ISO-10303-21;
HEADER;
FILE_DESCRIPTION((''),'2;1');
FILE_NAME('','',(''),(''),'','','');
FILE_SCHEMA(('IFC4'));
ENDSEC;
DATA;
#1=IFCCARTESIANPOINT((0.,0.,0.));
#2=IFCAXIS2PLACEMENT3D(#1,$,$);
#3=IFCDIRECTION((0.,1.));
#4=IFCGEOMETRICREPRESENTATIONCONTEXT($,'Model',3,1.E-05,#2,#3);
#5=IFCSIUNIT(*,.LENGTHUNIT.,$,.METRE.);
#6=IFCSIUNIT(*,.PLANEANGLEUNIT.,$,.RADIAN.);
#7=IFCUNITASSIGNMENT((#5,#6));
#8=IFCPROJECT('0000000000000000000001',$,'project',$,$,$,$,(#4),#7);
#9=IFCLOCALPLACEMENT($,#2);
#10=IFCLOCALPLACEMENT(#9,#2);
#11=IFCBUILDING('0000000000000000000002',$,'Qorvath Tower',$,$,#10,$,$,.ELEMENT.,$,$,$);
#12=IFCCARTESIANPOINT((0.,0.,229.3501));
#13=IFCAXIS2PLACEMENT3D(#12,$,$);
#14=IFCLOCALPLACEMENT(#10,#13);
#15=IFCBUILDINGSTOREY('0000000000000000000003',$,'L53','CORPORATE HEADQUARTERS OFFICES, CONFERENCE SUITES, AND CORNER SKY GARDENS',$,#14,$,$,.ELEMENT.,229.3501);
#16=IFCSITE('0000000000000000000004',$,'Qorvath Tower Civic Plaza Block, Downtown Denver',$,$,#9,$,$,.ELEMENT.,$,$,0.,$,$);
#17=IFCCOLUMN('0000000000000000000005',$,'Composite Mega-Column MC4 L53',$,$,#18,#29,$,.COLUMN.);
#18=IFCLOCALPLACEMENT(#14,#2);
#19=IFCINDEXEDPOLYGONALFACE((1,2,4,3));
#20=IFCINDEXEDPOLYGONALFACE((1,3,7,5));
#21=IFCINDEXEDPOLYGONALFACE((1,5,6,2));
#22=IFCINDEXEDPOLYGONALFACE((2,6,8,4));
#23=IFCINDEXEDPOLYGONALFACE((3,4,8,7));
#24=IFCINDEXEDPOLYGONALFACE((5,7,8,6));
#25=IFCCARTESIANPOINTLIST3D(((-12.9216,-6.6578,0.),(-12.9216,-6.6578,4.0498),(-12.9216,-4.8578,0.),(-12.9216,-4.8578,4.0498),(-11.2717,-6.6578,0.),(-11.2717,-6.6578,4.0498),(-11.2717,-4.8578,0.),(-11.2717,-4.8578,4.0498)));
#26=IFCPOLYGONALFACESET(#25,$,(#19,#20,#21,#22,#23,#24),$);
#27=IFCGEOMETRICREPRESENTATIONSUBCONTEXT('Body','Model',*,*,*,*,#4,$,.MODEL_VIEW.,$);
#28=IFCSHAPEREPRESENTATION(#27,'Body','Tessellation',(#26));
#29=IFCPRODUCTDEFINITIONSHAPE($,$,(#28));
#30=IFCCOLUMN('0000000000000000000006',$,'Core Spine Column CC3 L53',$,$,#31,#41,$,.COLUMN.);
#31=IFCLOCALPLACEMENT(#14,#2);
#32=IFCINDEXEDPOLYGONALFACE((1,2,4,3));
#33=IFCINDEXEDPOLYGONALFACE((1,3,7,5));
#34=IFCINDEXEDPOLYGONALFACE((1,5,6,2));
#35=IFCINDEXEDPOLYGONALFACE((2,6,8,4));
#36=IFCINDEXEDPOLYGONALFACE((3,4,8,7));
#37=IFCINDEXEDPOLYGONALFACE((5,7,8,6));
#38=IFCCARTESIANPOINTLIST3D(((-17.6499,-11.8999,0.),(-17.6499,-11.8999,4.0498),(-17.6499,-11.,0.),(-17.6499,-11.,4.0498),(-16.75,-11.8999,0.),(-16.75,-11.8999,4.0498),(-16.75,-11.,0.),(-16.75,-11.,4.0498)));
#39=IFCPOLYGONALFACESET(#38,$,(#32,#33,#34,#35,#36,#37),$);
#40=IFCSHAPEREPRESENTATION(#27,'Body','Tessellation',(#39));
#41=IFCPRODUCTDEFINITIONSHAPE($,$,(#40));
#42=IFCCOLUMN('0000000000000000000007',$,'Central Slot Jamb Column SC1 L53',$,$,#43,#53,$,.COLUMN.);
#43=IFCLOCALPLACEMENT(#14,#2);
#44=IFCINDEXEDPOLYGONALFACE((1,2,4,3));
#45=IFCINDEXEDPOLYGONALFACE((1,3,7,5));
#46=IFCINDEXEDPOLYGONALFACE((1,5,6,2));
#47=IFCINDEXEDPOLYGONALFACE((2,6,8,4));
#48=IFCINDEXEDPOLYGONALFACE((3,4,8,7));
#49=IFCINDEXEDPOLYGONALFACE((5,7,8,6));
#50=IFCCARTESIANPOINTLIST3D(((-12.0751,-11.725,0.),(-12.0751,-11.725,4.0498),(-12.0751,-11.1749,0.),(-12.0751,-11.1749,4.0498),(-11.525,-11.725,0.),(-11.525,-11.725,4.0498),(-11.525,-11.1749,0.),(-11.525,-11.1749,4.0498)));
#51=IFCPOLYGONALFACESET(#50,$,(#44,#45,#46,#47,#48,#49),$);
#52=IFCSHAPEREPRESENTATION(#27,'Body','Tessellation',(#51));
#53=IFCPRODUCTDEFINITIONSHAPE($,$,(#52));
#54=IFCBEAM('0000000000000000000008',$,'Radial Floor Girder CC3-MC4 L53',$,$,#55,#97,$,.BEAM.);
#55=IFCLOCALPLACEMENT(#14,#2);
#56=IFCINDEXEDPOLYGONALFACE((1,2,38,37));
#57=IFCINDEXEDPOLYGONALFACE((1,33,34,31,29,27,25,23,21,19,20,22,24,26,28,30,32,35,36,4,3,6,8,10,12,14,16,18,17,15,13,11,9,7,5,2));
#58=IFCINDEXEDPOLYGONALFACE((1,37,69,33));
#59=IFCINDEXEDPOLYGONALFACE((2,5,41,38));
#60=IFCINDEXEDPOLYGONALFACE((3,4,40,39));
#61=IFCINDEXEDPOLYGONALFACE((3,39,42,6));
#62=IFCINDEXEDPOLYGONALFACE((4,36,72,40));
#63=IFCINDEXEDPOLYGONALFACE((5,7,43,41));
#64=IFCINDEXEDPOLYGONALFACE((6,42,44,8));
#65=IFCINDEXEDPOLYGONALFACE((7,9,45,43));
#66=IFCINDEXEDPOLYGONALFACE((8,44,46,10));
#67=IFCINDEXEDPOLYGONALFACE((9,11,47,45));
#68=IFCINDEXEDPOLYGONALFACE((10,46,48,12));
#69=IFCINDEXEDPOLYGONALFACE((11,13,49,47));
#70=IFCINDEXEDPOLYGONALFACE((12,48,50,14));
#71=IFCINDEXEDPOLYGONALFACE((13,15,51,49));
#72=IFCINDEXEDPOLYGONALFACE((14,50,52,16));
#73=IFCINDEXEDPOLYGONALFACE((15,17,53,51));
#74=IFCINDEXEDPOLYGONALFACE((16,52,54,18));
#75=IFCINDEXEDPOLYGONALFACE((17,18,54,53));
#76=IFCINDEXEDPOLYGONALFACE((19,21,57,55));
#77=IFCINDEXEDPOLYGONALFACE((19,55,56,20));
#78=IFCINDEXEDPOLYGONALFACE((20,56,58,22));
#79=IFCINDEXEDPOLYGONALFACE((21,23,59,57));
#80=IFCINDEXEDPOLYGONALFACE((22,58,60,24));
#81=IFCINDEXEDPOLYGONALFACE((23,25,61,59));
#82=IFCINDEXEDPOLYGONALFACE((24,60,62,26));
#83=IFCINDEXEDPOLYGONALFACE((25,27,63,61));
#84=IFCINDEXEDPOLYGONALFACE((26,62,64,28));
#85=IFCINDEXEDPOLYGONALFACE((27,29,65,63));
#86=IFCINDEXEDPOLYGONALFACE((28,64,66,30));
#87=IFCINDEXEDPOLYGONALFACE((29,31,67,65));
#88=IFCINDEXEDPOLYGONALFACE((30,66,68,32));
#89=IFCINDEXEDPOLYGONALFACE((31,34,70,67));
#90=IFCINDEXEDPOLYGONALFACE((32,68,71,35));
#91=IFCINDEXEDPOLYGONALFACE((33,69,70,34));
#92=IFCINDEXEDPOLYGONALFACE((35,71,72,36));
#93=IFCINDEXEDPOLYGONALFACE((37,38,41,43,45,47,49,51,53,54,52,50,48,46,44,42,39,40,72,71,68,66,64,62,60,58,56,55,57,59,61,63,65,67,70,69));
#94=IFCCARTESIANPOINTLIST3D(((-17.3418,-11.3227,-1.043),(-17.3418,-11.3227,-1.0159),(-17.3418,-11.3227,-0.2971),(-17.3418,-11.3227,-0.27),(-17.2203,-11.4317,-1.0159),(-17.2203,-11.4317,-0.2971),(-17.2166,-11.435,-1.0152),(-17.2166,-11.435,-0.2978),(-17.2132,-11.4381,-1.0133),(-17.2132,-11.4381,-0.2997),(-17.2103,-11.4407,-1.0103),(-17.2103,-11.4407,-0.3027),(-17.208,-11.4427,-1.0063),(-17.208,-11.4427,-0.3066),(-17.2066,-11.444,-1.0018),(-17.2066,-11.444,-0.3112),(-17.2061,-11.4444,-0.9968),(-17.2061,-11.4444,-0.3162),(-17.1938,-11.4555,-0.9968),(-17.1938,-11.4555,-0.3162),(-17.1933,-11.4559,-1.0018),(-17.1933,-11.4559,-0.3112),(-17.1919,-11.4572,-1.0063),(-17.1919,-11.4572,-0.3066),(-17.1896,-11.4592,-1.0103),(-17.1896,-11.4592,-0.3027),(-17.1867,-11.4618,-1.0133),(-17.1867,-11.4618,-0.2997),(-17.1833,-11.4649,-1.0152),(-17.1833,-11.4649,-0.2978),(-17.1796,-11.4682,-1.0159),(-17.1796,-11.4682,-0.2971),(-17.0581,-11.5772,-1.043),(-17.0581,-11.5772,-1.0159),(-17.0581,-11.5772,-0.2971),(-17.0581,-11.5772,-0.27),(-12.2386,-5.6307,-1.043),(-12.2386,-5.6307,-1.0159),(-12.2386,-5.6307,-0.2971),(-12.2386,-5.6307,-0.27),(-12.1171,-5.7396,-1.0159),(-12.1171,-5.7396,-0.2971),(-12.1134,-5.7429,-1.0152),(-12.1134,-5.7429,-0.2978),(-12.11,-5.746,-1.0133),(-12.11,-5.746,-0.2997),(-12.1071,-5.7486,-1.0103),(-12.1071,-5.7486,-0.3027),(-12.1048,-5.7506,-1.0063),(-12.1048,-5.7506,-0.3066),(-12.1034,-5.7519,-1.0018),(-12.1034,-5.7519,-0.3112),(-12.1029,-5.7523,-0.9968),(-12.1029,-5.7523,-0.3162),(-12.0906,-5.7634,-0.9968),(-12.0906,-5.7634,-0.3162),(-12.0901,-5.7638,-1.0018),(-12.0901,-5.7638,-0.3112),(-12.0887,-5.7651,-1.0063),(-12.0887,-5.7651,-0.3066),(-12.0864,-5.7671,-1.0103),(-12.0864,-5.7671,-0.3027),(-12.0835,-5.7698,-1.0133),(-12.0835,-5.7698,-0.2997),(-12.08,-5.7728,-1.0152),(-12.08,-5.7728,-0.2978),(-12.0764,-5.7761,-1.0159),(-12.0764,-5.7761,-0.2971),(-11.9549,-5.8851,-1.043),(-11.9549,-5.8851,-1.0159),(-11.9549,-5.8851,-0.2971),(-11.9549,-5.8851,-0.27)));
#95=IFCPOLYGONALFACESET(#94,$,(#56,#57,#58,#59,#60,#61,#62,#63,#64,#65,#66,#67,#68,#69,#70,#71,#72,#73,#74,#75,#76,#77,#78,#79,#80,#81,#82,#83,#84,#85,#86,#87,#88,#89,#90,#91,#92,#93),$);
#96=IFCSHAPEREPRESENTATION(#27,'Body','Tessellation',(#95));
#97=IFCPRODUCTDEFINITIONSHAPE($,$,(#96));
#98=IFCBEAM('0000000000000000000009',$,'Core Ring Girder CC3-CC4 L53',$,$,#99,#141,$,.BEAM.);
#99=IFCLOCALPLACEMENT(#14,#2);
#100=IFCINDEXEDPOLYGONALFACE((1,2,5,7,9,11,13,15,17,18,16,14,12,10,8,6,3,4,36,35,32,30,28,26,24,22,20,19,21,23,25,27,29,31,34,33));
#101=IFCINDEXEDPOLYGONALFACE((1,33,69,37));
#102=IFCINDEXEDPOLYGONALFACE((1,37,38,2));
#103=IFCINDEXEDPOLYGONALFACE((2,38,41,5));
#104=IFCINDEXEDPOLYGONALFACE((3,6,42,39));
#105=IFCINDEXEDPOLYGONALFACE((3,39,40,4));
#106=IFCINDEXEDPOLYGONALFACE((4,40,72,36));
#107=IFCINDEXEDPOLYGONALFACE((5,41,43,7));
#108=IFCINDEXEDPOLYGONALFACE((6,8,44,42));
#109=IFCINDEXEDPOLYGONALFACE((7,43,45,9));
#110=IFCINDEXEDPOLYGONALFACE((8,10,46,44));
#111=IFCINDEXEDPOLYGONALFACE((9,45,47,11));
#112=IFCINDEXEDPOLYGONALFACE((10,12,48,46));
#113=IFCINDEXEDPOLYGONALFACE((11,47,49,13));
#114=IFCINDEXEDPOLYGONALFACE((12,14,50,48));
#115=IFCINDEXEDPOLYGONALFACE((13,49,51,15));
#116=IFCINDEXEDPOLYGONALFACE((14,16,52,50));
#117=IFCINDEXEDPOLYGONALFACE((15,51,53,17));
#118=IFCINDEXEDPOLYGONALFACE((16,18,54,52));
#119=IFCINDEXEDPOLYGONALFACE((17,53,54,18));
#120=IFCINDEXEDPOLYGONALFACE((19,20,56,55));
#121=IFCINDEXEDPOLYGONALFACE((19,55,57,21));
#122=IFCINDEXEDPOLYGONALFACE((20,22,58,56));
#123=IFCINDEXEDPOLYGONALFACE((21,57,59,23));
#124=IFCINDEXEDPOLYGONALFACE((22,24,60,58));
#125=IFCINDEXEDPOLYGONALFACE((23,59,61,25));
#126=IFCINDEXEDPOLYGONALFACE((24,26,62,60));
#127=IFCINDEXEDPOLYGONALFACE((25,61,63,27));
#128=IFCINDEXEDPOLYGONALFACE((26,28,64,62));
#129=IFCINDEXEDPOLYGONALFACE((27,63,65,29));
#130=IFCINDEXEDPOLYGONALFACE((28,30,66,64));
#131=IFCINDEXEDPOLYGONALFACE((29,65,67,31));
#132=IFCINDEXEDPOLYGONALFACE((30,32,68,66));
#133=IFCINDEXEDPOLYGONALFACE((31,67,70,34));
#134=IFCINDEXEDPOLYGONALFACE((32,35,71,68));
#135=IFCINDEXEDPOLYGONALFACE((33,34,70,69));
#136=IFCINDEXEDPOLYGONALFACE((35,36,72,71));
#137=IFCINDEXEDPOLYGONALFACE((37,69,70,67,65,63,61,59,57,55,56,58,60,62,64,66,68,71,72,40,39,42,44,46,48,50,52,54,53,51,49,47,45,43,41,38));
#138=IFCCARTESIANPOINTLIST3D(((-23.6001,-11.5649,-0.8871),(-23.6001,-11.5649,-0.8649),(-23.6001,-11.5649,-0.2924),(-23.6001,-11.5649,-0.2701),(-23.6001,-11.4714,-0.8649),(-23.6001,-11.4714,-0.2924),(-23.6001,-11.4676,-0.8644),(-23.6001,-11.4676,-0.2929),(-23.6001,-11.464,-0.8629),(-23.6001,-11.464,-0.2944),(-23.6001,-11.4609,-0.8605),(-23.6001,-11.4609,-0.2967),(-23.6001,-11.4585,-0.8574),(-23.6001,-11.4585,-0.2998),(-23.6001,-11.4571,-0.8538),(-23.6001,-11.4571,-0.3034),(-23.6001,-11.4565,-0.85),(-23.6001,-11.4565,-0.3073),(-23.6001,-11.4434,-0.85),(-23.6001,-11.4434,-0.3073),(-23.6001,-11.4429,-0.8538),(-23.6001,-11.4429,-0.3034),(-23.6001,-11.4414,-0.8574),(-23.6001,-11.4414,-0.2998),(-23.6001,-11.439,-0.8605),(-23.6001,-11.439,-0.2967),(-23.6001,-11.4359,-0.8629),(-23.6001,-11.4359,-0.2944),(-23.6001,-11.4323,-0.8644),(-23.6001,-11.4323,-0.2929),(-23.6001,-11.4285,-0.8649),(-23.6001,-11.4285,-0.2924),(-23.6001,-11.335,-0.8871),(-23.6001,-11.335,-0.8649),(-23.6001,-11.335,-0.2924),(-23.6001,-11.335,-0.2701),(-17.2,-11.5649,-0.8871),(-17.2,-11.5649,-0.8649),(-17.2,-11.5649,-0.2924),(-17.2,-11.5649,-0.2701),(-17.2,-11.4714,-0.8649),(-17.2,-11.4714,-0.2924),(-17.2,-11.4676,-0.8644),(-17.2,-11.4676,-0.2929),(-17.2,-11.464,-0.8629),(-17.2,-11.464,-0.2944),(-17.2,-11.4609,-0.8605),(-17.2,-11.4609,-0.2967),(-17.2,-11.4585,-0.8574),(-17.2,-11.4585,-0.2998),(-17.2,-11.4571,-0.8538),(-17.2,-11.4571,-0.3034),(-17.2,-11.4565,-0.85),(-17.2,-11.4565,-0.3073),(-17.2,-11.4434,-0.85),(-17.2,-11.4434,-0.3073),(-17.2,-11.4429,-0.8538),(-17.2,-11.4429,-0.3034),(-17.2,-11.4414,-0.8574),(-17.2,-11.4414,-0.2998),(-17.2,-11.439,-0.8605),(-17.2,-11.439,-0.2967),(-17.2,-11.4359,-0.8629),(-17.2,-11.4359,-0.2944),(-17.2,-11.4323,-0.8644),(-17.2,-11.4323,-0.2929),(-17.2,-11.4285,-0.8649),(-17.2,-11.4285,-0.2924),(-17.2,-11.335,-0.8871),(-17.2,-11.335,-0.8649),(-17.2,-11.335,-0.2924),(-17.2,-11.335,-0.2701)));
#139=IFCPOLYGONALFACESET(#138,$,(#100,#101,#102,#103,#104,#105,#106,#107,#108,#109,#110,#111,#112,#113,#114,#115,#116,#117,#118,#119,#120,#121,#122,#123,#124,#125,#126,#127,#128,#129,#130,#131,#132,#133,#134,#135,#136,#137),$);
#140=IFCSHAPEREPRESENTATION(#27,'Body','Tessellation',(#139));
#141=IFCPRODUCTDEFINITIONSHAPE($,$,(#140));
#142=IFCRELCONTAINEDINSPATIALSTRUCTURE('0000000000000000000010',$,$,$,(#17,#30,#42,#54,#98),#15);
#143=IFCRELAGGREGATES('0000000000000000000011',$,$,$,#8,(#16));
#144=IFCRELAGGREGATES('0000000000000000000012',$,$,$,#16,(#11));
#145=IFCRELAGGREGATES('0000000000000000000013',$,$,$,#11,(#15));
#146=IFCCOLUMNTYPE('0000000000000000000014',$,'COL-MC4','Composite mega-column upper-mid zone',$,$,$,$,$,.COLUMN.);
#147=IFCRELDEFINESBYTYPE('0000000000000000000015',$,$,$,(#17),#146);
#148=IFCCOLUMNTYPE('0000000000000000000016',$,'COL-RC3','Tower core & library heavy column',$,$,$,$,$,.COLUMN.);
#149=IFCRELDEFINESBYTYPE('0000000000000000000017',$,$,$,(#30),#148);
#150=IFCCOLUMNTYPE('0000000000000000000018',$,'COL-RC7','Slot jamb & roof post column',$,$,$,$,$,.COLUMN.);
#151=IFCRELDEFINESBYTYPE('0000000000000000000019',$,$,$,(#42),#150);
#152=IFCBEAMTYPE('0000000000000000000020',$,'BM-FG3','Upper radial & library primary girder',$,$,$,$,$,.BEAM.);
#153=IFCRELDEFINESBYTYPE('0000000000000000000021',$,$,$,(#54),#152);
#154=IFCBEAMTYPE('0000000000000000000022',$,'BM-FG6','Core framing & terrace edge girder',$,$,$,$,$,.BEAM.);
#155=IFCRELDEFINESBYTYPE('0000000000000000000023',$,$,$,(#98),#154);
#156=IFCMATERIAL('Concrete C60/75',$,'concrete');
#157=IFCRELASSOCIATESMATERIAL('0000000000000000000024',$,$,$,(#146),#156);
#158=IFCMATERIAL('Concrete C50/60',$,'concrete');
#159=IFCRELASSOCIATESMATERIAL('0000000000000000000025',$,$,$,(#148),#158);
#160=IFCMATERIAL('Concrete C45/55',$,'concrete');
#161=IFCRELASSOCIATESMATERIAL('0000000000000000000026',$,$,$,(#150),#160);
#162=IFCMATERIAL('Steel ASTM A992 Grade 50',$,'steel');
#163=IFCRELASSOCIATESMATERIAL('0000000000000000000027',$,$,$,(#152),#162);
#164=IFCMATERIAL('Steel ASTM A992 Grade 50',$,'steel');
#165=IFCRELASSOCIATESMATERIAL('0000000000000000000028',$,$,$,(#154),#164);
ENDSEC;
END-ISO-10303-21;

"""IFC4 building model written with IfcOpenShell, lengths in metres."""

from ifc_helpers import new_model, si_unit, direction, frame, origin, origin_2d, place, context, subcontext, project, spatial, rectangle, i_section, extrude, material, material_profile, profile_set, type_object, element, save


model = new_model("IFC4")

# Units and contexts
model_context = context("Model", 3, precision=1e-05, world=origin(), true_north=direction((0.0, 1.0)))
body_context = subcontext(model_context, "Body", "Model", "MODEL_VIEW")
ifc_project = project(units=[si_unit("LENGTHUNIT", "METRE"), si_unit("PLANEANGLEUNIT", "RADIAN")], contexts=[model_context])

# Site, building, storey
site_placement = place(None, origin())
site = spatial("IfcSite", under=ifc_project, at=site_placement, Name="Qorvath Tower Civic Plaza Block, Downtown Denver", CompositionType="ELEMENT", RefElevation=0.0)
building_placement = place(site_placement, origin())
building = spatial("IfcBuilding", under=site, at=building_placement, Name="Qorvath Tower", CompositionType="ELEMENT")
storey_placement = place(building_placement, frame((0.0, 0.0, 229.3501)))
storey = spatial("IfcBuildingStorey", under=building, at=storey_placement, Name="L53", Description="CORPORATE HEADQUARTERS OFFICES, CONFERENCE SUITES, AND CORNER SKY GARDENS", CompositionType="ELEMENT", Elevation=229.3501)

# Columns
ifc_material_1 = material(Name="Concrete C60/75", Category="concrete")
ifc_material_profile_1 = material_profile(ifc_material_1, rectangle(XDim=1.6499, YDim=1.8, at=origin_2d()), Name="MC 1800x1650")
ifc_profile_set_1 = profile_set([ifc_material_profile_1], Name="Concrete C60/75")
column_type_1 = type_object("IfcColumnType", Name="COL-MC4", Description="Composite mega-column upper-mid zone", PredefinedType="COLUMN", material=ifc_profile_set_1)
column_1_placement = place(storey_placement, frame((-12.0967, -5.7578, 0.0), z_axis=(0.0, 0.0, 1.0), x_axis=(1.0, 0.0, 0.0)))
element("IfcColumn", 1, at=column_1_placement, inside=storey, type_object=column_type_1, Name="Composite Mega-Column MC4 L53", PredefinedType="COLUMN", context=body_context, shape_type="SweptSolid", body=[
    extrude(rectangle(XDim=1.6499, YDim=1.8, at=origin_2d()), origin(), (0.0, 0.0, 1.0), 4.0498),
])
ifc_material_2 = material(Name="Concrete C50/60", Category="concrete")
ifc_material_profile_2 = material_profile(ifc_material_2, rectangle(XDim=0.8999, YDim=0.8999, at=origin_2d()), Name="RC 900x900")
ifc_profile_set_2 = profile_set([ifc_material_profile_2], Name="Concrete C50/60")
column_type_2 = type_object("IfcColumnType", Name="COL-RC3", Description="Tower core & library heavy column", PredefinedType="COLUMN", material=ifc_profile_set_2)
column_2_placement = place(storey_placement, frame((-17.2, -11.45, 0.0), z_axis=(0.0, 0.0, 1.0), x_axis=(1.0, 0.0, 0.0)))
element("IfcColumn", 2, at=column_2_placement, inside=storey, type_object=column_type_2, Name="Core Spine Column CC3 L53", PredefinedType="COLUMN", context=body_context, shape_type="SweptSolid", body=[
    extrude(rectangle(XDim=0.8999, YDim=0.8999, at=origin_2d()), origin(), (0.0, 0.0, 1.0), 4.0498),
])
ifc_material_3 = material(Name="Concrete C45/55", Category="concrete")
ifc_material_profile_3 = material_profile(ifc_material_3, rectangle(XDim=0.55, YDim=0.55, at=origin_2d()), Name="RC 550x550")
ifc_profile_set_3 = profile_set([ifc_material_profile_3], Name="Concrete C45/55")
column_type_3 = type_object("IfcColumnType", Name="COL-RC7", Description="Slot jamb & roof post column", PredefinedType="COLUMN", material=ifc_profile_set_3)
column_3_placement = place(storey_placement, frame((-11.8, -11.45, 0.0), z_axis=(0.0, 0.0, 1.0), x_axis=(1.0, 0.0, 0.0)))
element("IfcColumn", 3, at=column_3_placement, inside=storey, type_object=column_type_3, Name="Central Slot Jamb Column SC1 L53", PredefinedType="COLUMN", context=body_context, shape_type="SweptSolid", body=[
    extrude(rectangle(XDim=0.55, YDim=0.55, at=origin_2d()), origin(), (0.0, 0.0, 1.0), 4.0498),
])

# Beams
ifc_material_4 = material(Name="Steel ASTM A992 Grade 50", Category="steel")
ifc_material_profile_4 = material_profile(ifc_material_4, i_section(OverallWidth=0.3811, OverallDepth=0.7729, WebThickness=0.0166, FlangeThickness=0.0271, FilletRadius=0.019, at=origin_2d()), Name="W30x173")
ifc_profile_set_4 = profile_set([ifc_material_profile_4], Name="Steel ASTM A992 Grade 50")
beam_type_1 = type_object("IfcBeamType", Name="BM-FG3", Description="Upper radial & library primary girder", PredefinedType="BEAM", material=ifc_profile_set_4)
beam_1_placement = place(storey_placement, frame((-17.2, -11.45, -0.6565), z_axis=(0.667543, 0.744571, 0.0), x_axis=(-0.744571, 0.667543, 0.0)))
element("IfcBeam", 4, at=beam_1_placement, inside=storey, type_object=beam_type_1, Name="Radial Floor Girder CC3-MC4 L53", PredefinedType="BEAM", context=body_context, shape_type="SweptSolid", body=[
    extrude(i_section(OverallWidth=0.3811, OverallDepth=0.7729, WebThickness=0.0166, FlangeThickness=0.0271, FilletRadius=0.019, at=origin_2d()), origin(), (0.0, 0.0, 1.0), 7.6448),
])
ifc_material_5 = material(Name="Steel ASTM A992 Grade 50", Category="steel")
ifc_material_profile_5 = material_profile(ifc_material_5, i_section(OverallWidth=0.23, OverallDepth=0.6169, WebThickness=0.0132, FlangeThickness=0.0222, FilletRadius=0.0149, at=origin_2d()), Name="W24x94")
ifc_profile_set_5 = profile_set([ifc_material_profile_5], Name="Steel ASTM A992 Grade 50")
beam_type_2 = type_object("IfcBeamType", Name="BM-FG6", Description="Core framing & terrace edge girder", PredefinedType="BEAM", material=ifc_profile_set_5)
beam_2_placement = place(storey_placement, frame((-17.2, -11.45, -0.5786), z_axis=(-1.0, 0.0, 0.0), x_axis=(0.0, -1.0, 0.0)))
element("IfcBeam", 5, at=beam_2_placement, inside=storey, type_object=beam_type_2, Name="Core Ring Girder CC3-CC4 L53", PredefinedType="BEAM", context=body_context, shape_type="SweptSolid", body=[
    extrude(i_section(OverallWidth=0.23, OverallDepth=0.6169, WebThickness=0.0132, FlangeThickness=0.0222, FilletRadius=0.0149, at=origin_2d()), origin(), (0.0, 0.0, 1.0), 6.4001),
])

save(model, "model.ifc")
